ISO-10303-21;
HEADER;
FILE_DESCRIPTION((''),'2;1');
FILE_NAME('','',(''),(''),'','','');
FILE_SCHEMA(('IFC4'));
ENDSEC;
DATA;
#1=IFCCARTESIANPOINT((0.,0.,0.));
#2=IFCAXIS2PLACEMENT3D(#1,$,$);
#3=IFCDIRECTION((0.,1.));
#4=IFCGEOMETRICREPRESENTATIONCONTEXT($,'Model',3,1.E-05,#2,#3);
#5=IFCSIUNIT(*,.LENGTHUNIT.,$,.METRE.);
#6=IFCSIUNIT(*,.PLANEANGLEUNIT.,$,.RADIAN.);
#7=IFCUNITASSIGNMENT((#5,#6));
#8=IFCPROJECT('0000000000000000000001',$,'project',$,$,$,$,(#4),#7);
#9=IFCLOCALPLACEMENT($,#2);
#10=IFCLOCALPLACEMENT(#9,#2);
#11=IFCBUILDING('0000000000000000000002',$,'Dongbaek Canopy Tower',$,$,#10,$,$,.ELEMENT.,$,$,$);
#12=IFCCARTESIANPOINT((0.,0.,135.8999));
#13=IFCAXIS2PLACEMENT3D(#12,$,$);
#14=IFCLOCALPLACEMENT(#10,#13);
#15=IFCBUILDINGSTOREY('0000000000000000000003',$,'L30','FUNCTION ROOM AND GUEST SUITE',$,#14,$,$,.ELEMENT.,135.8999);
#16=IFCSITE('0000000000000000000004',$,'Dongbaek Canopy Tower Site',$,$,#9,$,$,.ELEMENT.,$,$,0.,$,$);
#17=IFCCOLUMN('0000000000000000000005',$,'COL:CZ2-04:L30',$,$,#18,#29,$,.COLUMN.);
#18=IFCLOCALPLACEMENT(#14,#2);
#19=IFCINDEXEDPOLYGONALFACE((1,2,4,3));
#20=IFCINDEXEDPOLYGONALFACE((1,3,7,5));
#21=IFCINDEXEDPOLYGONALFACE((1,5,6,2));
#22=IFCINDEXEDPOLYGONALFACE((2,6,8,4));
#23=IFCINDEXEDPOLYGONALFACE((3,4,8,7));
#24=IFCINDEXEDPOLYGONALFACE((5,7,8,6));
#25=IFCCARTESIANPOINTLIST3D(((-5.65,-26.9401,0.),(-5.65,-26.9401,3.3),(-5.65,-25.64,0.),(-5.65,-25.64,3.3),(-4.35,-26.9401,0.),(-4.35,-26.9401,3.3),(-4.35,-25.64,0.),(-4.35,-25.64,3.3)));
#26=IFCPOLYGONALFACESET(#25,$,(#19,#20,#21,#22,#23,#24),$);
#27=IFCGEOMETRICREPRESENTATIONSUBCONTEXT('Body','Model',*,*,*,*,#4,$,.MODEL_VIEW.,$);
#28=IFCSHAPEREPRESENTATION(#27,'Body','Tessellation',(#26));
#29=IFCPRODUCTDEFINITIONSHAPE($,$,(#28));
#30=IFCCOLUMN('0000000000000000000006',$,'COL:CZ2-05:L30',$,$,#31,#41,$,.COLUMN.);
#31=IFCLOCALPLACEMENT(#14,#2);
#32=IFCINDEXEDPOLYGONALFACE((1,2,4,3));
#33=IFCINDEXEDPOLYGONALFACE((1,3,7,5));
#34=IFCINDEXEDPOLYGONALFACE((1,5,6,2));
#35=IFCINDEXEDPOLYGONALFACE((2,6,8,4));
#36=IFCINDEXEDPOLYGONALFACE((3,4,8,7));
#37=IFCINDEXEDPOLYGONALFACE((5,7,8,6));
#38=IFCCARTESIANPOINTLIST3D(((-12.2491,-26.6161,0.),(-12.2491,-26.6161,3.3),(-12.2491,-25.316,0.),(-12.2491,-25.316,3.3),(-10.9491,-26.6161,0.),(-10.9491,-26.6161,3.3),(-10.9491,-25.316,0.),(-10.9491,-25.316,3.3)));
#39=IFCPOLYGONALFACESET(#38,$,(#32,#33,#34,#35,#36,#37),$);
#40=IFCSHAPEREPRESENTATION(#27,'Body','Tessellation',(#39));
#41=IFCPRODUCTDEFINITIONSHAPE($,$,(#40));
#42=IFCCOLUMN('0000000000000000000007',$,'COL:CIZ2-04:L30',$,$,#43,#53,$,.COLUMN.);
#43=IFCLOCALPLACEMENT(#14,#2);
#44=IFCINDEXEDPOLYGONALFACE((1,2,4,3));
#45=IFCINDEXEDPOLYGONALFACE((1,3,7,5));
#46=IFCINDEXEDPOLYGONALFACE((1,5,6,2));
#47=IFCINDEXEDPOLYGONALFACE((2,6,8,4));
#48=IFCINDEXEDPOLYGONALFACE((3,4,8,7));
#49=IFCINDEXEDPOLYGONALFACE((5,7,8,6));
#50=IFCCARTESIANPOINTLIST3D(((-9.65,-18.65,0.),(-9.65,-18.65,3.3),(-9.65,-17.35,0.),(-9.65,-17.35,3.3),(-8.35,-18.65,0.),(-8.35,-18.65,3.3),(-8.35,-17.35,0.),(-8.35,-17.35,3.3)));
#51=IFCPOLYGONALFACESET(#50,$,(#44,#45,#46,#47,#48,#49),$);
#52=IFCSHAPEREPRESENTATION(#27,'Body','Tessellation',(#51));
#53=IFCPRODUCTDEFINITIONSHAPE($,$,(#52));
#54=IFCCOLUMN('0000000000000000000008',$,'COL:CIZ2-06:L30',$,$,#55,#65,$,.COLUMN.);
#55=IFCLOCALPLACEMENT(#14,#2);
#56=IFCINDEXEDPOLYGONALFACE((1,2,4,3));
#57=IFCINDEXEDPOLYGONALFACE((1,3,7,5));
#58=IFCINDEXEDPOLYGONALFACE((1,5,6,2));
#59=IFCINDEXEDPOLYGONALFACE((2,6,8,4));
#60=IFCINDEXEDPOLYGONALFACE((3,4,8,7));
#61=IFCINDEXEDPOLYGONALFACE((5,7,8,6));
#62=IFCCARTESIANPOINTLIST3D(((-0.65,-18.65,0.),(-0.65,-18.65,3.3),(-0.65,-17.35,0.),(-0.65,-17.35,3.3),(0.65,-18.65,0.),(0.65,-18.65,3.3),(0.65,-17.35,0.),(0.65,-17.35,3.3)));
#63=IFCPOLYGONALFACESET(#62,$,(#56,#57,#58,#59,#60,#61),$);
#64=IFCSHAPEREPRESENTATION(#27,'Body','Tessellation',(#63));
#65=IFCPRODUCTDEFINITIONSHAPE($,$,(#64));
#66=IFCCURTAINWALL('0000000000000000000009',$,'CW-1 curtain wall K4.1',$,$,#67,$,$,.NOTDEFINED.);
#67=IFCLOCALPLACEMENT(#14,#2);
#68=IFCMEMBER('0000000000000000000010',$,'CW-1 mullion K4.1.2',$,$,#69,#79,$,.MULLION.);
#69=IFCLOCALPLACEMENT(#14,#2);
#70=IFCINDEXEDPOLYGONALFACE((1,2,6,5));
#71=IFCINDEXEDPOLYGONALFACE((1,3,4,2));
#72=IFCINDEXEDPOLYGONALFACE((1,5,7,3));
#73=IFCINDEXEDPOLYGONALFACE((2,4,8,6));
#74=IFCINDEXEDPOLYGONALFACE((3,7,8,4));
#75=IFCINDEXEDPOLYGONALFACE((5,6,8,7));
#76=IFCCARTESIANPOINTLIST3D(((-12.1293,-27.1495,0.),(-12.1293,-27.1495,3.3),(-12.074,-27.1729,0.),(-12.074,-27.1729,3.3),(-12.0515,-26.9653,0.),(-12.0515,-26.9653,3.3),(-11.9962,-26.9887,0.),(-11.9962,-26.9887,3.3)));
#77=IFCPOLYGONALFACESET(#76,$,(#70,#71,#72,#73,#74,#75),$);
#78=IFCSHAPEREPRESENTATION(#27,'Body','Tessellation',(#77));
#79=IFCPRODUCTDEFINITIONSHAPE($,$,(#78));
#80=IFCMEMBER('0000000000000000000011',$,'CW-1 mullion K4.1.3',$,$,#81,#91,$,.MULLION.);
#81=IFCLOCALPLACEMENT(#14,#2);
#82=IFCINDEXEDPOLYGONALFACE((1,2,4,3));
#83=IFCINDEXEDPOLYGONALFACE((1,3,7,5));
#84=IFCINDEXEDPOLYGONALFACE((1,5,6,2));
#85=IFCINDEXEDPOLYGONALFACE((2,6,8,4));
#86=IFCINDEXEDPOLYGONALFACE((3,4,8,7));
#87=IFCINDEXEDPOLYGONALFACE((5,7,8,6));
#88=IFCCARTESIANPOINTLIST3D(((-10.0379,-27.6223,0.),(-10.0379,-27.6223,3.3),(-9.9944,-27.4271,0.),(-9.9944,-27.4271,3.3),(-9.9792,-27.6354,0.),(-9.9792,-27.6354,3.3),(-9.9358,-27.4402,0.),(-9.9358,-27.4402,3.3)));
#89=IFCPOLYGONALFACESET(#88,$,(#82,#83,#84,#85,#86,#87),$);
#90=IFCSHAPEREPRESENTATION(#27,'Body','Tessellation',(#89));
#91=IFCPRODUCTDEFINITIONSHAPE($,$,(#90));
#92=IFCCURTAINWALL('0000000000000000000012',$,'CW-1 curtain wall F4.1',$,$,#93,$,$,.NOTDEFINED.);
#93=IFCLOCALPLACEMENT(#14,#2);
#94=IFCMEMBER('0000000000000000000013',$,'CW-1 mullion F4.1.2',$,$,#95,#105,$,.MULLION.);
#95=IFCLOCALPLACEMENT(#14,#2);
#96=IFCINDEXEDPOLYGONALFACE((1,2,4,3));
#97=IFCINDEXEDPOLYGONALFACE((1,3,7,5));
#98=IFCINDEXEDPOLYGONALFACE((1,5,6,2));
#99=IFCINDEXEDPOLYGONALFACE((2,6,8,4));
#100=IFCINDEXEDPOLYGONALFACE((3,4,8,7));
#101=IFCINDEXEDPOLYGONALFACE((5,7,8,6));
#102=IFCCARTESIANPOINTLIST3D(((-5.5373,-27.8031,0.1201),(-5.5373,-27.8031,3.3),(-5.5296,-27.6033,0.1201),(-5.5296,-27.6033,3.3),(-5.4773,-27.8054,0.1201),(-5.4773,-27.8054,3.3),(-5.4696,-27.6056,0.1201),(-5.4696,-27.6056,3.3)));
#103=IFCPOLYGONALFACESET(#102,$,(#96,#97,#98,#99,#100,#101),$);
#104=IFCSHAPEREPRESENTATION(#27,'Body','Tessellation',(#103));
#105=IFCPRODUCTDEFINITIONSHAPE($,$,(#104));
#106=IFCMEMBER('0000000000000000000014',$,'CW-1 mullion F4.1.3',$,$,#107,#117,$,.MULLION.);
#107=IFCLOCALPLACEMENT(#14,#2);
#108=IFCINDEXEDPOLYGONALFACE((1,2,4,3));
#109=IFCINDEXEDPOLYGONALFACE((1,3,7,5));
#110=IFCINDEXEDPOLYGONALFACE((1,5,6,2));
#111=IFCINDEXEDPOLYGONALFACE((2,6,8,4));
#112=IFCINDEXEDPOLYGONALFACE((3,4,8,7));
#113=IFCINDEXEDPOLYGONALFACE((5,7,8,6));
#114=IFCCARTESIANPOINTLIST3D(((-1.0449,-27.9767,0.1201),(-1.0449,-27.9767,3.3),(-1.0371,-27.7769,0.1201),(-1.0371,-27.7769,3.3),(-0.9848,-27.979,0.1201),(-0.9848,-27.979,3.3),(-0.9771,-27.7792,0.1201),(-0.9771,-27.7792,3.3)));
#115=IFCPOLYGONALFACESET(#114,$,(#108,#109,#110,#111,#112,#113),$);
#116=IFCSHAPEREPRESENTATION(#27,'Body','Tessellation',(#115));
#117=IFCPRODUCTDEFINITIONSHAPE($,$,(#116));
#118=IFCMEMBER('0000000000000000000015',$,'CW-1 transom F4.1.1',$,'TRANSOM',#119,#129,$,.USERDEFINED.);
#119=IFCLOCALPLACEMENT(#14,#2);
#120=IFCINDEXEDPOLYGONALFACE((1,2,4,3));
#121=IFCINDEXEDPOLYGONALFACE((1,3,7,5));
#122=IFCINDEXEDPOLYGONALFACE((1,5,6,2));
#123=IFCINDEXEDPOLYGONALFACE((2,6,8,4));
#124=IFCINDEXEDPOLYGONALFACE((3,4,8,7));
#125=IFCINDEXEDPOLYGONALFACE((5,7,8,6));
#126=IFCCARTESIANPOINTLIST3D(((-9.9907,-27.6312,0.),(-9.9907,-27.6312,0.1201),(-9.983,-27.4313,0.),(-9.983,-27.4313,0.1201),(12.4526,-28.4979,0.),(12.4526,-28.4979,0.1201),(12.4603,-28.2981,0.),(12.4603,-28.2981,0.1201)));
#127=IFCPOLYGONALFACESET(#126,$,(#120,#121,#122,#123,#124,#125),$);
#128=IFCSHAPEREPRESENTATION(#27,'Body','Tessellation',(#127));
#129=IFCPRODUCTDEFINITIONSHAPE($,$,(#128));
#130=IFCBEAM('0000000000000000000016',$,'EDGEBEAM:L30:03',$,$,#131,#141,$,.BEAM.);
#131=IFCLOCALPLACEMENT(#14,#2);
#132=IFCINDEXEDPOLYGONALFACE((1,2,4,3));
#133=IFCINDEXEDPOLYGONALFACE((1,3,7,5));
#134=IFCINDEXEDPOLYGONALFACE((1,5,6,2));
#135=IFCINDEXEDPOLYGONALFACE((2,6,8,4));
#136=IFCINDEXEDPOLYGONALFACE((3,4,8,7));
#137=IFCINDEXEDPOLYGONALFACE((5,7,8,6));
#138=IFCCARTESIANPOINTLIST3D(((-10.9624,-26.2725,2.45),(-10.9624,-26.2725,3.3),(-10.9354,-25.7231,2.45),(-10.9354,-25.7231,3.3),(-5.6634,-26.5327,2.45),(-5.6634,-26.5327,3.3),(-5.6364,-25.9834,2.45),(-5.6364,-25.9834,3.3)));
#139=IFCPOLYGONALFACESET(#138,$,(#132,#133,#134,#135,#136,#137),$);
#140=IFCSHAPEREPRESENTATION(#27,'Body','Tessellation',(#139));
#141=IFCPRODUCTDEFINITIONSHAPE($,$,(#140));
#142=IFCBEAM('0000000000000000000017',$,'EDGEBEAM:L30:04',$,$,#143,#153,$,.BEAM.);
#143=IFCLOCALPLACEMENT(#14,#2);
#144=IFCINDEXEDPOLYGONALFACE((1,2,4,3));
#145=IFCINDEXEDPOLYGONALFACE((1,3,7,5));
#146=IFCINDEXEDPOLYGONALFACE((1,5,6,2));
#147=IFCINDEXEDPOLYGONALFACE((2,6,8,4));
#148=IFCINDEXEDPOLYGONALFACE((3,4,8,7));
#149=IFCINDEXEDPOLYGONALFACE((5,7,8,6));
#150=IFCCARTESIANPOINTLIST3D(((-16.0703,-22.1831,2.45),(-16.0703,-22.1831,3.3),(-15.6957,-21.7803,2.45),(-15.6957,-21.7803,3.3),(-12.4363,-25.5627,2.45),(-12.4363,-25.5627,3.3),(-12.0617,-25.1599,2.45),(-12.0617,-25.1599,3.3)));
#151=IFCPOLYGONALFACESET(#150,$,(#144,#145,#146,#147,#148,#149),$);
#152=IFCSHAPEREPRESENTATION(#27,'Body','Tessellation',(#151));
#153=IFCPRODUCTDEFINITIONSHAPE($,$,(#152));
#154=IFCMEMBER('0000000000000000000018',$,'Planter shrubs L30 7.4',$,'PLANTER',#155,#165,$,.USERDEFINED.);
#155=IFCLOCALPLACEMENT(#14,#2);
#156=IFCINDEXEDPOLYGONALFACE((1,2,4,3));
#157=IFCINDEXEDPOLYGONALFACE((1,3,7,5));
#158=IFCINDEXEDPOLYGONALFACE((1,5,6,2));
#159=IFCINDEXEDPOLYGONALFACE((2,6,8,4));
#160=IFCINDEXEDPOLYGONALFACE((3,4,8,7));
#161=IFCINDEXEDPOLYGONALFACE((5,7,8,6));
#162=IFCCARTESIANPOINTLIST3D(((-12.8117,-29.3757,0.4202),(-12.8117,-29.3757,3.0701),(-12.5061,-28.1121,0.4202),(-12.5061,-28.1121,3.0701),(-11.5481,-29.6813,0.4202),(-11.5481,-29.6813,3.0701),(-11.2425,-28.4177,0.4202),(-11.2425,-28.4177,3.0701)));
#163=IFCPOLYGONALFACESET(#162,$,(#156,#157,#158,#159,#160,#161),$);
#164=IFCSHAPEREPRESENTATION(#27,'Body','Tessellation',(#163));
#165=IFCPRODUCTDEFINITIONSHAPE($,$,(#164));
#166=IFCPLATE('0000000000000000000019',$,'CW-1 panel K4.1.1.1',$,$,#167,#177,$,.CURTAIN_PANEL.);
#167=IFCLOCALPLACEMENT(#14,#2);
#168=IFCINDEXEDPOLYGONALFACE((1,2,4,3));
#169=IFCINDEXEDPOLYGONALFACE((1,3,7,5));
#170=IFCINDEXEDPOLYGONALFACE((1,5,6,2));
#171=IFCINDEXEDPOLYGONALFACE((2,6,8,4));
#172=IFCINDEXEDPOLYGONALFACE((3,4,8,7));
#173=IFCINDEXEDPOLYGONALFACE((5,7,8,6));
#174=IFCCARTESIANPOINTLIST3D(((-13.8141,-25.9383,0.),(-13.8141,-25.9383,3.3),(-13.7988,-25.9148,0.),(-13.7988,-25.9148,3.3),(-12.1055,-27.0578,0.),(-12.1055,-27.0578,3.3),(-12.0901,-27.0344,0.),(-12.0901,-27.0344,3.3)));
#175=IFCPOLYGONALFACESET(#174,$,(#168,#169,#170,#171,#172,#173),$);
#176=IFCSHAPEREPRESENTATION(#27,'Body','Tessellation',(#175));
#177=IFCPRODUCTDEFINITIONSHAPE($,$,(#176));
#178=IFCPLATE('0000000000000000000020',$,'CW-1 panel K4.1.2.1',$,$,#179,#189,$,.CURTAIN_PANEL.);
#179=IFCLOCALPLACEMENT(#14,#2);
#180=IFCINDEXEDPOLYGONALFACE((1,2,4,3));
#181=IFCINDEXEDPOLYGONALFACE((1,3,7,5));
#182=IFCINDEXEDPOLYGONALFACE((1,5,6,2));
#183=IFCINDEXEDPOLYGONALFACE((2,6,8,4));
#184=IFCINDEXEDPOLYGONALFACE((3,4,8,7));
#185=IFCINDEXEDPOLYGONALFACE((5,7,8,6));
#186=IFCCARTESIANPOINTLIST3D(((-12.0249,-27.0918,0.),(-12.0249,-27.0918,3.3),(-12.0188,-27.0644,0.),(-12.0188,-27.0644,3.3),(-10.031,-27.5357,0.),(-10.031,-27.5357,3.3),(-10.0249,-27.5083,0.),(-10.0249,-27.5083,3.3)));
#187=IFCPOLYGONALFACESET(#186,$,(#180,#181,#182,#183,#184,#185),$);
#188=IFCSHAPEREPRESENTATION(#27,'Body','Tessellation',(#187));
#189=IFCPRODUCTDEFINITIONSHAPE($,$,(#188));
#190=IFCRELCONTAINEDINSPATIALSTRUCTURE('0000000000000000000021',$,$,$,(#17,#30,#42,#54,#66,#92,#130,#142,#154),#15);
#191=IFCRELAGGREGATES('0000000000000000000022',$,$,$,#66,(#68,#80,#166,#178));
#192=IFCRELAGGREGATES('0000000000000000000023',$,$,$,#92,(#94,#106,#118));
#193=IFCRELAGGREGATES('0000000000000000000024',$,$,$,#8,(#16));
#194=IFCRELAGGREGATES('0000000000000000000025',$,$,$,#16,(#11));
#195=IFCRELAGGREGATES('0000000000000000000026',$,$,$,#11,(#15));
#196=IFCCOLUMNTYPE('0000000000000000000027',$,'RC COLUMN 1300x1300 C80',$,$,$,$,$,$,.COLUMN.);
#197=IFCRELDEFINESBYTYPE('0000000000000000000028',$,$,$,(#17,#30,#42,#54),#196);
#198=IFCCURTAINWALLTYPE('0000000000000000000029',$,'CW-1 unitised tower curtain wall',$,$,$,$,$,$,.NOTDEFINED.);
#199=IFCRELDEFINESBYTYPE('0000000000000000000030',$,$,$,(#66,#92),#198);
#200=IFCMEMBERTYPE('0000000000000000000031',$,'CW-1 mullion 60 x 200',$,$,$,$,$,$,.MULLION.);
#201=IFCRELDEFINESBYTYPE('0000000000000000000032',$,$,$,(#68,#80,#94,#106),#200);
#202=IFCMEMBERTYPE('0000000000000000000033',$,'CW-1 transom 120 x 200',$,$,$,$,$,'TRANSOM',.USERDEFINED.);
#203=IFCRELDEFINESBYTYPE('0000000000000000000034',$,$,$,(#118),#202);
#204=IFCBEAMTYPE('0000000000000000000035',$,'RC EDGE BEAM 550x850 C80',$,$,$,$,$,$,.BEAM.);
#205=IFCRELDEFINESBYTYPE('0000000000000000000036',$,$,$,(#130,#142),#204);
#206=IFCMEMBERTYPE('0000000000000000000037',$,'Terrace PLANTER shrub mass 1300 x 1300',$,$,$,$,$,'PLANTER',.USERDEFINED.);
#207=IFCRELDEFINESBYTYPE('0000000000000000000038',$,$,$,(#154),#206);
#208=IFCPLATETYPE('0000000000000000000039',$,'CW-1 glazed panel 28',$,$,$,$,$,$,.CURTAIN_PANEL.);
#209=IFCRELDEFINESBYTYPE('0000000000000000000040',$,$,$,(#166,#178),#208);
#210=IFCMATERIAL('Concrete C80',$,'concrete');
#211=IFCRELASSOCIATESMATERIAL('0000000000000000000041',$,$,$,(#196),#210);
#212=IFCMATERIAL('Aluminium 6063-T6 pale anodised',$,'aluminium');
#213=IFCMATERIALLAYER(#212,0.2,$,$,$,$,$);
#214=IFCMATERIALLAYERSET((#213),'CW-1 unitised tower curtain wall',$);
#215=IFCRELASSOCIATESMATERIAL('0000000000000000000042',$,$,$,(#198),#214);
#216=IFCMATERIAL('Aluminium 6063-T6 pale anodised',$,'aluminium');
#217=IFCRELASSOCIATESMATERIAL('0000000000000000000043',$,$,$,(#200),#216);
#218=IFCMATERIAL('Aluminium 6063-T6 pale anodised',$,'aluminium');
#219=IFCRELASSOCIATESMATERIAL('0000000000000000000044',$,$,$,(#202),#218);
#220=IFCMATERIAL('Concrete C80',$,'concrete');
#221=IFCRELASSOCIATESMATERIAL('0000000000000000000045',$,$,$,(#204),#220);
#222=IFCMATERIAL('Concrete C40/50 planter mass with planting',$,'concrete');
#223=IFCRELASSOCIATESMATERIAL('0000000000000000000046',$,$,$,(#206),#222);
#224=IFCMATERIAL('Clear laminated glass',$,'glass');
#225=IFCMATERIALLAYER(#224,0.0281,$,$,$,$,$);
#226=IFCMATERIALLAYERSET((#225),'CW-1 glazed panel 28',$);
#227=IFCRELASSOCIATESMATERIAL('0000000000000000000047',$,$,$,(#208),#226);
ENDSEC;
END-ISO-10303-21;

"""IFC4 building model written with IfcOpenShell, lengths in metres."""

from ifc_helpers import new_model, si_unit, direction, frame, origin, origin_2d, place, context, subcontext, project, spatial, rectangle, extrude, material, layer, layer_set, material_profile, profile_set, type_object, element, aggregate, save


model = new_model("IFC4")

# Units and contexts
model_context = context("Model", 3, precision=1e-05, world=origin(), true_north=direction((0.0, 1.0)))
body_context = subcontext(model_context, "Body", "Model", "MODEL_VIEW")
ifc_project = project(units=[si_unit("LENGTHUNIT", "METRE"), si_unit("PLANEANGLEUNIT", "RADIAN")], contexts=[model_context])

# Site, building, storey
site_placement = place(None, origin())
site = spatial("IfcSite", under=ifc_project, at=site_placement, Name="Dongbaek Canopy Tower Site", CompositionType="ELEMENT", RefElevation=0.0)
building_placement = place(site_placement, origin())
building = spatial("IfcBuilding", under=site, at=building_placement, Name="Dongbaek Canopy Tower", CompositionType="ELEMENT")
storey_placement = place(building_placement, frame((0.0, 0.0, 135.8999)))
storey = spatial("IfcBuildingStorey", under=building, at=storey_placement, Name="L30", Description="FUNCTION ROOM AND GUEST SUITE", CompositionType="ELEMENT", Elevation=135.8999)

# Columns
ifc_material_1 = material(Name="Concrete C80", Category="concrete")
ifc_material_profile_1 = material_profile(ifc_material_1, rectangle(XDim=1.3, YDim=1.3, at=origin_2d()), Name="RC COLUMN 1300x1300 C80")
ifc_profile_set_1 = profile_set([ifc_material_profile_1], Name="Concrete C80")
column_type = type_object("IfcColumnType", Name="RC COLUMN 1300x1300 C80", PredefinedType="COLUMN", material=ifc_profile_set_1)
for number, where, z_axis, x_axis, name in (
    (1, (-5.0, -26.29, 0.0), (0.0, 0.0, 1.0), (1.0, 0.0, 0.0), "COL:CZ2-04:L30"),
    (2, (-11.5991, -25.9661, 0.0), (0.0, 0.0, 1.0), (1.0, 0.0, 0.0), "COL:CZ2-05:L30"),
    (3, (-9.0, -18.0, 0.0), (0.0, 0.0, 1.0), (1.0, 0.0, 0.0), "COL:CIZ2-04:L30"),
    (4, (0.0, -18.0, 0.0), (0.0, 0.0, 1.0), (1.0, 0.0, 0.0), "COL:CIZ2-06:L30"),
):
    element("IfcColumn", number, at=place(storey_placement, frame(where, z_axis=z_axis, x_axis=x_axis)), inside=storey, type_object=column_type, Name=name, PredefinedType="COLUMN", context=body_context, shape_type="SweptSolid", body=[
        extrude(rectangle(XDim=1.3, YDim=1.3, at=origin_2d()), origin(), (0.0, 0.0, 1.0), 3.3),
    ])

# Curtain walls, members
ifc_material_2 = material(Name="Aluminium 6063-T6 pale anodised", Category="aluminium")
ifc_layer_1 = layer(ifc_material_2, 0.2)
ifc_layer_set_1 = layer_set([ifc_layer_1], Name="CW-1 unitised tower curtain wall")
curtain_wall_type = type_object("IfcCurtainWallType", Name="CW-1 unitised tower curtain wall", PredefinedType="NOTDEFINED", material=ifc_layer_set_1)
curtain_wall_1_placement = place(storey_placement, origin())
curtain_wall_1 = element("IfcCurtainWall", 5, at=curtain_wall_1_placement, inside=storey, type_object=curtain_wall_type, Name="CW-1 curtain wall K4.1", PredefinedType="NOTDEFINED")
ifc_material_3 = material(Name="Aluminium 6063-T6 pale anodised", Category="aluminium")
ifc_material_profile_2 = material_profile(ifc_material_3, rectangle(XDim=0.2, YDim=0.0601, at=origin_2d()), Name="CW-1 mullion 60 x 200")
ifc_profile_set_2 = profile_set([ifc_material_profile_2], Name="Aluminium 6063-T6 pale anodised")
member_type_1 = type_object("IfcMemberType", Name="CW-1 mullion 60 x 200", PredefinedType="MULLION", material=ifc_profile_set_2)
member_1_placement = place(storey_placement, frame((-12.0627, -27.0691, 0.0), z_axis=(0.0, 0.0, 1.0), x_axis=(-0.389014, -0.921232, 0.0)))
member_1 = element("IfcMember", 6, at=member_1_placement, type_object=member_type_1, Name="CW-1 mullion K4.1.2", PredefinedType="MULLION", context=body_context, shape_type="SweptSolid", body=[
    extrude(rectangle(XDim=0.2, YDim=0.0601, at=origin_2d()), origin(), (0.0, 0.0, 1.0), 3.3),
])
member_2_placement = place(storey_placement, frame((-9.9868, -27.5312, 0.0), z_axis=(0.0, 0.0, 1.0), x_axis=(-0.217331, -0.976098, 0.0)))
member_2 = element("IfcMember", 7, at=member_2_placement, type_object=member_type_1, Name="CW-1 mullion K4.1.3", PredefinedType="MULLION", context=body_context, shape_type="SweptSolid", body=[
    extrude(rectangle(XDim=0.2, YDim=0.0601, at=origin_2d()), origin(), (0.0, 0.0, 1.0), 3.3),
])
curtain_wall_2_placement = place(storey_placement, origin())
curtain_wall_2 = element("IfcCurtainWall", 8, at=curtain_wall_2_placement, inside=storey, type_object=curtain_wall_type, Name="CW-1 curtain wall F4.1", PredefinedType="NOTDEFINED")
member_3_placement = place(storey_placement, frame((-5.5034, -27.7043, 0.1201), z_axis=(0.0, 0.0, 1.0), x_axis=(-0.038587, -0.999255, 0.0)))
member_3 = element("IfcMember", 9, at=member_3_placement, type_object=member_type_1, Name="CW-1 mullion F4.1.2", PredefinedType="MULLION", context=body_context, shape_type="SweptSolid", body=[
    extrude(rectangle(XDim=0.2, YDim=0.0601, at=origin_2d()), origin(), (0.0, 0.0, 1.0), 3.1799),
])
member_4_placement = place(storey_placement, frame((-1.011, -27.8779, 0.1201), z_axis=(0.0, 0.0, 1.0), x_axis=(-0.038587, -0.999255, 0.0)))
member_4 = element("IfcMember", 10, at=member_4_placement, type_object=member_type_1, Name="CW-1 mullion F4.1.3", PredefinedType="MULLION", context=body_context, shape_type="SweptSolid", body=[
    extrude(rectangle(XDim=0.2, YDim=0.0601, at=origin_2d()), origin(), (0.0, 0.0, 1.0), 3.1799),
])
ifc_material_4 = material(Name="Aluminium 6063-T6 pale anodised", Category="aluminium")
ifc_material_profile_3 = material_profile(ifc_material_4, rectangle(XDim=0.2, YDim=0.1201, at=origin_2d()), Name="CW-1 transom 120 x 200")
ifc_profile_set_3 = profile_set([ifc_material_profile_3], Name="Aluminium 6063-T6 pale anodised")
member_type_2 = type_object("IfcMemberType", Name="CW-1 transom 120 x 200", ElementType="TRANSOM", PredefinedType="USERDEFINED", material=ifc_profile_set_3)
member_5_placement = place(storey_placement, frame((-9.9868, -27.5312, 0.0601), z_axis=(0.999255, -0.038589, 0.0), x_axis=(0.038589, 0.999255, 0.0)))
member_5 = element("IfcMember", 11, at=member_5_placement, type_object=member_type_2, Name="CW-1 transom F4.1.1", ObjectType="TRANSOM", PredefinedType="USERDEFINED", context=body_context, shape_type="SweptSolid", body=[
    extrude(rectangle(XDim=0.2, YDim=0.1201, at=origin_2d()), origin(), (0.0, 0.0, 1.0), 22.46),
])

# Beams
ifc_material_5 = material(Name="Concrete C80", Category="concrete")
ifc_material_profile_4 = material_profile(ifc_material_5, rectangle(XDim=0.55, YDim=0.8501, at=origin_2d()), Name="RC EDGE BEAM 550x850 C80")
ifc_profile_set_4 = profile_set([ifc_material_profile_4], Name="Concrete C80")
beam_type = type_object("IfcBeamType", Name="RC EDGE BEAM 550x850 C80", PredefinedType="BEAM", material=ifc_profile_set_4)
beam_1_placement = place(storey_placement, frame((-5.6499, -26.2581, 2.875), z_axis=(-0.998796, 0.049054, 0.0), x_axis=(-0.049054, -0.998796, 0.0)))
element("IfcBeam", 12, at=beam_1_placement, inside=storey, type_object=beam_type, Name="EDGEBEAM:L30:03", PredefinedType="BEAM", context=body_context, shape_type="SweptSolid", body=[
    extrude(rectangle(XDim=0.55, YDim=0.8501, at=origin_2d()), origin(), (0.0, 0.0, 1.0), 5.3054),
])
beam_2_placement = place(storey_placement, frame((-12.249, -25.3613, 2.875), z_axis=(-0.732273, 0.681011, 0.0), x_axis=(-0.681011, -0.732273, 0.0)))
element("IfcBeam", 13, at=beam_2_placement, inside=storey, type_object=beam_type, Name="EDGEBEAM:L30:04", PredefinedType="BEAM", context=body_context, shape_type="SweptSolid", body=[
    extrude(rectangle(XDim=0.55, YDim=0.8501, at=origin_2d()), origin(), (0.0, 0.0, 1.0), 4.9626),
])

# Member
ifc_material_6 = material(Name="Concrete C40/50 planter mass with planting", Category="concrete")
ifc_material_profile_5 = material_profile(ifc_material_6, rectangle(XDim=1.3, YDim=1.3, at=origin_2d()), Name="Terrace PLANTER shrub mass 1300 x 1300")
ifc_profile_set_5 = profile_set([ifc_material_profile_5], Name="Concrete C40/50 planter mass with planting")
member_type_3 = type_object("IfcMemberType", Name="Terrace PLANTER shrub mass 1300 x 1300", ElementType="PLANTER", PredefinedType="USERDEFINED", material=ifc_profile_set_5)
member_6_placement = place(storey_placement, frame((-12.0271, -28.8967, 0.4202), z_axis=(0.0, 0.0, 1.0), x_axis=(-0.235067, -0.971979, 0.0)))
element("IfcMember", 14, at=member_6_placement, inside=storey, type_object=member_type_3, Name="Planter shrubs L30 7.4", ObjectType="PLANTER", PredefinedType="USERDEFINED", context=body_context, shape_type="SweptSolid", body=[
    extrude(rectangle(XDim=1.3, YDim=1.3, at=origin_2d()), origin(), (0.0, 0.0, 1.0), 2.6499),
])

# Plates
ifc_material_7 = material(Name="Clear laminated glass", Category="glass")
ifc_layer_2 = layer(ifc_material_7, 0.0281)
ifc_layer_set_2 = layer_set([ifc_layer_2], Name="CW-1 glazed panel 28")
plate_type = type_object("IfcPlateType", Name="CW-1 glazed panel 28", PredefinedType="CURTAIN_PANEL", material=ifc_layer_set_2)
plate_1_placement = place(storey_placement, frame((-12.9521, -26.4863, 0.0), z_axis=(0.0, 0.0, 1.0), x_axis=(0.836439, -0.54806, 0.0)))
plate_1 = element("IfcPlate", 15, at=plate_1_placement, type_object=plate_type, Name="CW-1 panel K4.1.1.1", PredefinedType="CURTAIN_PANEL", context=body_context, shape_type="SweptSolid", body=[
    extrude(rectangle(XDim=2.0427, YDim=0.0281, at=origin_2d()), origin(), (0.0, 0.0, 1.0), 3.3),
])
plate_2_placement = place(storey_placement, frame((-11.0249, -27.3, 0.0), z_axis=(0.0, 0.0, 1.0), x_axis=(0.976098, -0.217331, 0.0)))
plate_2 = element("IfcPlate", 16, at=plate_2_placement, type_object=plate_type, Name="CW-1 panel K4.1.2.1", PredefinedType="CURTAIN_PANEL", context=body_context, shape_type="SweptSolid", body=[
    extrude(rectangle(XDim=2.0427, YDim=0.0281, at=origin_2d()), origin(), (0.0, 0.0, 1.0), 3.3),
])
aggregate(curtain_wall_1, [member_1, member_2, plate_1, plate_2])

aggregate(curtain_wall_2, [member_3, member_4, member_5])

save(model, "model.ifc")
